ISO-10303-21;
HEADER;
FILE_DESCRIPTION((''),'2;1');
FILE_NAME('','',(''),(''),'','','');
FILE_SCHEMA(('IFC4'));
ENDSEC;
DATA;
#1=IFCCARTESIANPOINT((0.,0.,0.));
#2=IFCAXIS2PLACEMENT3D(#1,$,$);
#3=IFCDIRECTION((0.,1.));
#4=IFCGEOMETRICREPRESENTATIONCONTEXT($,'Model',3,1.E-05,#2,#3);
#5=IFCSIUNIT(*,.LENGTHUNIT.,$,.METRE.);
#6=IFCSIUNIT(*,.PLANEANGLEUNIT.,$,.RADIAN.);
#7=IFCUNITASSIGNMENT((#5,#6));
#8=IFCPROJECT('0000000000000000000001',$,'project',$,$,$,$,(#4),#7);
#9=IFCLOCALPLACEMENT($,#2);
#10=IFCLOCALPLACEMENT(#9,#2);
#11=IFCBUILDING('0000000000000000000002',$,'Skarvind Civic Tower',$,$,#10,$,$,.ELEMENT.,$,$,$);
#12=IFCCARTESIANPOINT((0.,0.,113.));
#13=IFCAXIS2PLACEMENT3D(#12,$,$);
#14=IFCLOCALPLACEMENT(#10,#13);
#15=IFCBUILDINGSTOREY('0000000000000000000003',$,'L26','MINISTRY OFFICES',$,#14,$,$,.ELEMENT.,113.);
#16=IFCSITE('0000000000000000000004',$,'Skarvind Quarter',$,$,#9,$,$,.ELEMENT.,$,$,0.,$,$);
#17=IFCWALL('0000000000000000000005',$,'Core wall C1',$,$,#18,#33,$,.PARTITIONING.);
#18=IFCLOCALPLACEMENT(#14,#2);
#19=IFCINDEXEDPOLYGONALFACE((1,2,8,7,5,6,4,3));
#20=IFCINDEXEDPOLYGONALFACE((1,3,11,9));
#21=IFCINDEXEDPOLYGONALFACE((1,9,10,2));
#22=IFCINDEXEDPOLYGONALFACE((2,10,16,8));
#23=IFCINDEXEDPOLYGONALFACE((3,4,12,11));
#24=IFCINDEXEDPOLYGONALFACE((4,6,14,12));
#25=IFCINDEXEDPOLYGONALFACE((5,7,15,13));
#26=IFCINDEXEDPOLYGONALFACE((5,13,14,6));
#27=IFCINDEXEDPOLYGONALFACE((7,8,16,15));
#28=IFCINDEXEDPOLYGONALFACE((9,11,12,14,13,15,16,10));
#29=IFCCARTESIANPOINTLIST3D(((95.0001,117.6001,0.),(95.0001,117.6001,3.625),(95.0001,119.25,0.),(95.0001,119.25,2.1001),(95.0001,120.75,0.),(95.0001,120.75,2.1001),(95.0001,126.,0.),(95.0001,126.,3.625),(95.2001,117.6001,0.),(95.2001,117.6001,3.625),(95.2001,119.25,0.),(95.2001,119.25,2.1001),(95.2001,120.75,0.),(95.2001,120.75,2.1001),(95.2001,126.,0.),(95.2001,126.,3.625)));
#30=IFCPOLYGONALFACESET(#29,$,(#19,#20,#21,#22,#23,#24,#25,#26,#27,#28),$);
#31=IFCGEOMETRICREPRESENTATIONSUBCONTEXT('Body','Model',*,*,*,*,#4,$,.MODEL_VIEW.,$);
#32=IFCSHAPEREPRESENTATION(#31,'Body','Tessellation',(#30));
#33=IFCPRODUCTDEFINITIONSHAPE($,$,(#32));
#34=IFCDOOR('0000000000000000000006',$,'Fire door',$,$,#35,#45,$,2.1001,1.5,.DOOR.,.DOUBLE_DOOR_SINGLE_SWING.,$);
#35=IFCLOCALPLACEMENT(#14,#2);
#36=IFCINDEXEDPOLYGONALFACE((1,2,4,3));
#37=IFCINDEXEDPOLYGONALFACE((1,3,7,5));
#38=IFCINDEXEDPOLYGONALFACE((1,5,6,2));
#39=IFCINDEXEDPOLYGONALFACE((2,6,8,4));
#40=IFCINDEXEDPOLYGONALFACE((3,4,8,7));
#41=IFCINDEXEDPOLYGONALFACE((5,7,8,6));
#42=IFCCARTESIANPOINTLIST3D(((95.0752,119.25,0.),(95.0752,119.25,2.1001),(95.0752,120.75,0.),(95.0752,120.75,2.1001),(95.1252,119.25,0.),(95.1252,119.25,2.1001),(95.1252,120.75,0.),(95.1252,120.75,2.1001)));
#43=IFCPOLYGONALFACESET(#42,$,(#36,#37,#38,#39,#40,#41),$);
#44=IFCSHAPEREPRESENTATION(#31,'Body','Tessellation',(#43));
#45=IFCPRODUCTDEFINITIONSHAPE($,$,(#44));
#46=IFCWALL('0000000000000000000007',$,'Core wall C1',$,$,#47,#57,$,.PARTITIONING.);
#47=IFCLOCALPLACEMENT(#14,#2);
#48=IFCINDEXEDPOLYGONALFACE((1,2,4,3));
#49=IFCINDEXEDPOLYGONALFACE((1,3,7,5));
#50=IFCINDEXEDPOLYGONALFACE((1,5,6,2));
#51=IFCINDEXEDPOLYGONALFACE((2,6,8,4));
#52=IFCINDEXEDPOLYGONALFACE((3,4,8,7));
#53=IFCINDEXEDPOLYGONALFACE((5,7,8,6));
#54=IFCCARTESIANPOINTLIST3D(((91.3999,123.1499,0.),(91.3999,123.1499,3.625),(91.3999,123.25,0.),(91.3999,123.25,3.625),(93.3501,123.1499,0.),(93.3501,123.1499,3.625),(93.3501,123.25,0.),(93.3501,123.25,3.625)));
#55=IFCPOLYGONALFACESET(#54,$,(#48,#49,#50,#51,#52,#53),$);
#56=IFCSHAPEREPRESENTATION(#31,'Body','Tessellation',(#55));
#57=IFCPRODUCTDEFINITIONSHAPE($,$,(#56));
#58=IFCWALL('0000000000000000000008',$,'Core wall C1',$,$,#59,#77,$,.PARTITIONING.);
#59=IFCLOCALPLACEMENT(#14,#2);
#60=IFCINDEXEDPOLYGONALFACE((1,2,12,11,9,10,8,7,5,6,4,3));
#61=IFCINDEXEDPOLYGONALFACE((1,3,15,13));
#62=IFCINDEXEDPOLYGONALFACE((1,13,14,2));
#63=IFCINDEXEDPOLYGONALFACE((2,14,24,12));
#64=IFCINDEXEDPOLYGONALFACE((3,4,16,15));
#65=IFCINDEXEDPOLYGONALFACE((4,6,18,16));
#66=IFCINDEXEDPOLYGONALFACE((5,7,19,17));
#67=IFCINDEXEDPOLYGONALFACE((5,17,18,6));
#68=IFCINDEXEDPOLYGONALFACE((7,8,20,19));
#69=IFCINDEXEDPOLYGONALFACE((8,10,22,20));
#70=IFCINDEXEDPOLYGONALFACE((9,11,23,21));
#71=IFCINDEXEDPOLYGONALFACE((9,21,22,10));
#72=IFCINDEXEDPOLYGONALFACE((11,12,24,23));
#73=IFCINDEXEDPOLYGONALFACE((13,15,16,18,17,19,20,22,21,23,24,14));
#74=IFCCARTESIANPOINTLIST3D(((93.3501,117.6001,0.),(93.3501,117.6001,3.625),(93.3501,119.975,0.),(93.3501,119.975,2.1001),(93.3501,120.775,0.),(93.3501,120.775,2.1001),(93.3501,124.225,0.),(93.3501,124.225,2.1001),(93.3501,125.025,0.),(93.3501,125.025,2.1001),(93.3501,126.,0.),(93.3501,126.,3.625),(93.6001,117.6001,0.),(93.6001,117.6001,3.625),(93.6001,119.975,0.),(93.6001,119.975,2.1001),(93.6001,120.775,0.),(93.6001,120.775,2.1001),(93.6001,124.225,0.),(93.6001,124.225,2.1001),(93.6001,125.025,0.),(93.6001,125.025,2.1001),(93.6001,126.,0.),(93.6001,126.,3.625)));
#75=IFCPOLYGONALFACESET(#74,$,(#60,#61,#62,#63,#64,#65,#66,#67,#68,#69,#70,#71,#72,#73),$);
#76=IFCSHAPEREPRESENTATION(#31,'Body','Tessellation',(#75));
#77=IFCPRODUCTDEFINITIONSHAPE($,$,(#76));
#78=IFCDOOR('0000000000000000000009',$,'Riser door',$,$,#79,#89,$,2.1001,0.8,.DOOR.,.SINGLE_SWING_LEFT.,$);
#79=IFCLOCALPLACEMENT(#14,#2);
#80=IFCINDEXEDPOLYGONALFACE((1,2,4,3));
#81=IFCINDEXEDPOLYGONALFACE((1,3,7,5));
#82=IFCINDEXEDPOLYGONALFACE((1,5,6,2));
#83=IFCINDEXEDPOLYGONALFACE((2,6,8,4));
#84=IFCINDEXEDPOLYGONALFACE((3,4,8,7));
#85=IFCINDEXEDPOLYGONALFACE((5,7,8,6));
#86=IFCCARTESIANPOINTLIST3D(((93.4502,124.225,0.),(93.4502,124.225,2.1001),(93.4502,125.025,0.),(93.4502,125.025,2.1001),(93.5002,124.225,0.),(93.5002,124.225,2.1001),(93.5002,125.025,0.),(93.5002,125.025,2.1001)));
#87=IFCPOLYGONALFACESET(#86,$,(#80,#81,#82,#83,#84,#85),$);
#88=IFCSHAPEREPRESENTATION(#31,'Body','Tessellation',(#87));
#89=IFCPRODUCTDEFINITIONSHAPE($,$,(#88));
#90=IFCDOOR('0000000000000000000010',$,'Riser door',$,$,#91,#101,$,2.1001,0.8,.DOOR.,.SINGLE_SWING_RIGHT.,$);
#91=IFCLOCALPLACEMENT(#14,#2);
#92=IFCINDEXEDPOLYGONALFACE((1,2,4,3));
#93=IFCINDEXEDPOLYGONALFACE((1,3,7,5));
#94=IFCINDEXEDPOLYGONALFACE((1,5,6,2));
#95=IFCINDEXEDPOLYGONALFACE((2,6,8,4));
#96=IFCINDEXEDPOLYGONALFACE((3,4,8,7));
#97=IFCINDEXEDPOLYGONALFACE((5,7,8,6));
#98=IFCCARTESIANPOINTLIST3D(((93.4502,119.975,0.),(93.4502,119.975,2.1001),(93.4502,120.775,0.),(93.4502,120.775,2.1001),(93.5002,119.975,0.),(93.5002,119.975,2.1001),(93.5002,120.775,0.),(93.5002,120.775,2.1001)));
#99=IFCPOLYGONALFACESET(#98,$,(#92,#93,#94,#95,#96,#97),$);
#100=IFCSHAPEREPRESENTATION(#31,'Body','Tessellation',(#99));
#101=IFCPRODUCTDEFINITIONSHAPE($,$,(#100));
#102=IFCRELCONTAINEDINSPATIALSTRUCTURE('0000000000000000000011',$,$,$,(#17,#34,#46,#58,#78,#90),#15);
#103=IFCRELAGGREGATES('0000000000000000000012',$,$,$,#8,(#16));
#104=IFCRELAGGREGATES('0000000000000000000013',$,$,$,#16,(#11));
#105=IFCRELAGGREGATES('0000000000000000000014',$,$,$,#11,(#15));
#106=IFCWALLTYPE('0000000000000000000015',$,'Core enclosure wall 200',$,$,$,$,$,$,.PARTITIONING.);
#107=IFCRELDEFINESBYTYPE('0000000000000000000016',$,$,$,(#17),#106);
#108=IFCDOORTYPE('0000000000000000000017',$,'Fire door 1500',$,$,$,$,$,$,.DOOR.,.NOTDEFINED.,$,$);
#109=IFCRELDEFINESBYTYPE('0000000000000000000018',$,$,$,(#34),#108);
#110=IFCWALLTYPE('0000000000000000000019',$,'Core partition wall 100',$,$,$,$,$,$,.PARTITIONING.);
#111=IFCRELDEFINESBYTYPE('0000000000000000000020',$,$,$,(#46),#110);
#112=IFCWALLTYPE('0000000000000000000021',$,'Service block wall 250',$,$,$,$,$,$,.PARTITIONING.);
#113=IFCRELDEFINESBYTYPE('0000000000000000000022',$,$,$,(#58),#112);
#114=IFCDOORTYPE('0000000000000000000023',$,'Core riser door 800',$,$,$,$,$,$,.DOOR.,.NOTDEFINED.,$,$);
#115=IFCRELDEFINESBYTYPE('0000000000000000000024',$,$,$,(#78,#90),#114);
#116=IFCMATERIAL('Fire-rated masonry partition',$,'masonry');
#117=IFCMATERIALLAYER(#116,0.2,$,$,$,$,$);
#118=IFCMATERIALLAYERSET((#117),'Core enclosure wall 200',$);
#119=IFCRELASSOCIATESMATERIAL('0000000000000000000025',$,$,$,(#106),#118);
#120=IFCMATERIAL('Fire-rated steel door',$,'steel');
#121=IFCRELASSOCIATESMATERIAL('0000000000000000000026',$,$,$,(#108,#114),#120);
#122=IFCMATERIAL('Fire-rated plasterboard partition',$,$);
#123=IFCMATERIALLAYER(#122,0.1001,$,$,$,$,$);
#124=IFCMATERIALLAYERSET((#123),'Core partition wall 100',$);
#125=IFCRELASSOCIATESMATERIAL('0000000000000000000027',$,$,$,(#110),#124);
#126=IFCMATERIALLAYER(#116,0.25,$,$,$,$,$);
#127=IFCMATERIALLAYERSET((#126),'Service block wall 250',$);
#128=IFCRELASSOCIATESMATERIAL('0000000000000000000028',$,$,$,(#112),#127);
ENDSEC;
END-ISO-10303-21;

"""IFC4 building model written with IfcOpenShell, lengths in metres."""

from ifc_helpers import new_model, si_unit, direction, frame, frame_2d, origin, place, context, subcontext, project, spatial, rectangle, extrude, material, layer, layer_set, type_object, element, fill, save


model = new_model("IFC4")

# Units and contexts
model_context = context("Model", 3, precision=1e-05, world=origin(), true_north=direction((0.0, 1.0)))
body_context = subcontext(model_context, "Body", "Model", "MODEL_VIEW")
ifc_project = project(units=[si_unit("LENGTHUNIT", "METRE"), si_unit("PLANEANGLEUNIT", "RADIAN")], contexts=[model_context])

# Site, building, storey
site_placement = place(None, origin())
site = spatial("IfcSite", under=ifc_project, at=site_placement, Name="Skarvind Quarter", CompositionType="ELEMENT", RefElevation=0.0)
building_placement = place(site_placement, origin())
building = spatial("IfcBuilding", under=site, at=building_placement, Name="Skarvind Civic Tower", CompositionType="ELEMENT")
storey_placement = place(building_placement, frame((0.0, 0.0, 113.0)))
storey = spatial("IfcBuildingStorey", under=building, at=storey_placement, Name="L26", Description="MINISTRY OFFICES", CompositionType="ELEMENT", Elevation=113.0)

# Wall, opening, door
ifc_material_1 = material(Name="Fire-rated masonry partition", Category="masonry")
ifc_layer_1 = layer(ifc_material_1, 0.2)
ifc_layer_set_1 = layer_set([ifc_layer_1], Name="Core enclosure wall 200")
wall_type_1 = type_object("IfcWallType", Name="Core enclosure wall 200", PredefinedType="PARTITIONING", material=ifc_layer_set_1)
wall_1_placement = place(storey_placement, frame((95.1001, 117.6001, 0.0), z_axis=(0.0, 0.0, 1.0), x_axis=(0.0, 1.0, 0.0)))
wall_1 = element("IfcWall", 1, at=wall_1_placement, inside=storey, type_object=wall_type_1, Name="Core wall C1", PredefinedType="PARTITIONING", context=body_context, shape_type="SweptSolid", body=[
    extrude(rectangle(XDim=8.3999, YDim=0.2, at=frame_2d((4.2, 0.0))), origin(), (0.0, 0.0, 1.0), 3.625),
])
opening_1_placement = place(wall_1_placement, frame((1.6499, 0.0, 0.0)))
opening_1 = element("IfcOpeningElement", 2, at=opening_1_placement, cuts=wall_1, PredefinedType="OPENING", context=body_context, shape_type="SweptSolid", body=[
    extrude(rectangle(XDim=1.5, YDim=2.1001, at=frame_2d((0.75, 1.05))), frame((0.0, 0.1099, 0.0), z_axis=(0.0, -1.0, 0.0), x_axis=(1.0, 0.0, 0.0)), (0.0, 0.0, 1.0), 0.22),
])
ifc_material_2 = material(Name="Fire-rated steel door", Category="steel")
door_type_1 = type_object("IfcDoorType", Name="Fire door 1500", OperationType="NOTDEFINED", PredefinedType="DOOR", material=ifc_material_2)
door_1_placement = place(opening_1_placement, origin())
door_1 = element("IfcDoor", 3, at=door_1_placement, inside=storey, type_object=door_type_1, Name="Fire door", OperationType="DOUBLE_DOOR_SINGLE_SWING", OverallHeight=2.1001, OverallWidth=1.5, PredefinedType="DOOR", context=body_context, shape_type="SweptSolid", body=[
    extrude(rectangle(XDim=1.5, YDim=2.1001, at=frame_2d((0.75, 1.05))), frame((0.0, 0.0249, 0.0), z_axis=(0.0, -1.0, 0.0), x_axis=(1.0, 0.0, 0.0)), (0.0, 0.0, 1.0), 0.05),
])
fill(opening_1, door_1)

# Wall
ifc_material_3 = material(Name="Fire-rated plasterboard partition")
ifc_layer_2 = layer(ifc_material_3, 0.1001)
ifc_layer_set_2 = layer_set([ifc_layer_2], Name="Core partition wall 100")
wall_type_2 = type_object("IfcWallType", Name="Core partition wall 100", PredefinedType="PARTITIONING", material=ifc_layer_set_2)
wall_2_placement = place(storey_placement, frame((93.3501, 123.2, 0.0), z_axis=(0.0, 0.0, 1.0), x_axis=(-1.0, 0.0, 0.0)))
element("IfcWall", 4, at=wall_2_placement, inside=storey, type_object=wall_type_2, Name="Core wall C1", PredefinedType="PARTITIONING", context=body_context, shape_type="SweptSolid", body=[
    extrude(rectangle(XDim=1.9502, YDim=0.1001, at=frame_2d((0.9751, 0.0))), origin(), (0.0, 0.0, 1.0), 3.625),
])

# Wall, openings, doors
ifc_layer_3 = layer(ifc_material_1, 0.25)
ifc_layer_set_3 = layer_set([ifc_layer_3], Name="Service block wall 250")
wall_type_3 = type_object("IfcWallType", Name="Service block wall 250", PredefinedType="PARTITIONING", material=ifc_layer_set_3)
wall_3_placement = place(storey_placement, frame((93.4751, 117.6001, 0.0), z_axis=(0.0, 0.0, 1.0), x_axis=(0.0, 1.0, 0.0)))
wall_3 = element("IfcWall", 5, at=wall_3_placement, inside=storey, type_object=wall_type_3, Name="Core wall C1", PredefinedType="PARTITIONING", context=body_context, shape_type="SweptSolid", body=[
    extrude(rectangle(XDim=8.3999, YDim=0.25, at=frame_2d((4.2, 0.0))), origin(), (0.0, 0.0, 1.0), 3.625),
])
opening_2_placement = place(wall_3_placement, frame((6.625, 0.0, 0.0)))
opening_2 = element("IfcOpeningElement", 6, at=opening_2_placement, cuts=wall_3, PredefinedType="OPENING", context=body_context, shape_type="SweptSolid", body=[
    extrude(rectangle(XDim=0.8, YDim=2.1001, at=frame_2d((0.3999, 1.05))), frame((0.0, 0.135, 0.0), z_axis=(0.0, -1.0, 0.0), x_axis=(1.0, 0.0, 0.0)), (0.0, 0.0, 1.0), 0.27),
])
opening_3_placement = place(wall_3_placement, frame((2.375, 0.0, 0.0)))
opening_3 = element("IfcOpeningElement", 7, at=opening_3_placement, cuts=wall_3, PredefinedType="OPENING", context=body_context, shape_type="SweptSolid", body=[
    extrude(rectangle(XDim=0.8, YDim=2.1001, at=frame_2d((0.3999, 1.05))), frame((0.0, 0.135, 0.0), z_axis=(0.0, -1.0, 0.0), x_axis=(1.0, 0.0, 0.0)), (0.0, 0.0, 1.0), 0.27),
])
door_type_2 = type_object("IfcDoorType", Name="Core riser door 800", OperationType="NOTDEFINED", PredefinedType="DOOR", material=ifc_material_2)
door_2_placement = place(opening_2_placement, origin())
door_2 = element("IfcDoor", 8, at=door_2_placement, inside=storey, type_object=door_type_2, Name="Riser door", OperationType="SINGLE_SWING_LEFT", OverallHeight=2.1001, OverallWidth=0.8, PredefinedType="DOOR", context=body_context, shape_type="SweptSolid", body=[
    extrude(rectangle(XDim=0.8, YDim=2.1001, at=frame_2d((0.3999, 1.05))), frame((0.0, 0.0249, 0.0), z_axis=(0.0, -1.0, 0.0), x_axis=(1.0, 0.0, 0.0)), (0.0, 0.0, 1.0), 0.05),
])
fill(opening_2, door_2)
door_3_placement = place(opening_3_placement, origin())
door_3 = element("IfcDoor", 9, at=door_3_placement, inside=storey, type_object=door_type_2, Name="Riser door", OperationType="SINGLE_SWING_RIGHT", OverallHeight=2.1001, OverallWidth=0.8, PredefinedType="DOOR", context=body_context, shape_type="SweptSolid", body=[
    extrude(rectangle(XDim=0.8, YDim=2.1001, at=frame_2d((0.3999, 1.05))), frame((0.0, 0.0249, 0.0), z_axis=(0.0, -1.0, 0.0), x_axis=(1.0, 0.0, 0.0)), (0.0, 0.0, 1.0), 0.05),
])
fill(opening_3, door_3)

save(model, "model.ifc")
